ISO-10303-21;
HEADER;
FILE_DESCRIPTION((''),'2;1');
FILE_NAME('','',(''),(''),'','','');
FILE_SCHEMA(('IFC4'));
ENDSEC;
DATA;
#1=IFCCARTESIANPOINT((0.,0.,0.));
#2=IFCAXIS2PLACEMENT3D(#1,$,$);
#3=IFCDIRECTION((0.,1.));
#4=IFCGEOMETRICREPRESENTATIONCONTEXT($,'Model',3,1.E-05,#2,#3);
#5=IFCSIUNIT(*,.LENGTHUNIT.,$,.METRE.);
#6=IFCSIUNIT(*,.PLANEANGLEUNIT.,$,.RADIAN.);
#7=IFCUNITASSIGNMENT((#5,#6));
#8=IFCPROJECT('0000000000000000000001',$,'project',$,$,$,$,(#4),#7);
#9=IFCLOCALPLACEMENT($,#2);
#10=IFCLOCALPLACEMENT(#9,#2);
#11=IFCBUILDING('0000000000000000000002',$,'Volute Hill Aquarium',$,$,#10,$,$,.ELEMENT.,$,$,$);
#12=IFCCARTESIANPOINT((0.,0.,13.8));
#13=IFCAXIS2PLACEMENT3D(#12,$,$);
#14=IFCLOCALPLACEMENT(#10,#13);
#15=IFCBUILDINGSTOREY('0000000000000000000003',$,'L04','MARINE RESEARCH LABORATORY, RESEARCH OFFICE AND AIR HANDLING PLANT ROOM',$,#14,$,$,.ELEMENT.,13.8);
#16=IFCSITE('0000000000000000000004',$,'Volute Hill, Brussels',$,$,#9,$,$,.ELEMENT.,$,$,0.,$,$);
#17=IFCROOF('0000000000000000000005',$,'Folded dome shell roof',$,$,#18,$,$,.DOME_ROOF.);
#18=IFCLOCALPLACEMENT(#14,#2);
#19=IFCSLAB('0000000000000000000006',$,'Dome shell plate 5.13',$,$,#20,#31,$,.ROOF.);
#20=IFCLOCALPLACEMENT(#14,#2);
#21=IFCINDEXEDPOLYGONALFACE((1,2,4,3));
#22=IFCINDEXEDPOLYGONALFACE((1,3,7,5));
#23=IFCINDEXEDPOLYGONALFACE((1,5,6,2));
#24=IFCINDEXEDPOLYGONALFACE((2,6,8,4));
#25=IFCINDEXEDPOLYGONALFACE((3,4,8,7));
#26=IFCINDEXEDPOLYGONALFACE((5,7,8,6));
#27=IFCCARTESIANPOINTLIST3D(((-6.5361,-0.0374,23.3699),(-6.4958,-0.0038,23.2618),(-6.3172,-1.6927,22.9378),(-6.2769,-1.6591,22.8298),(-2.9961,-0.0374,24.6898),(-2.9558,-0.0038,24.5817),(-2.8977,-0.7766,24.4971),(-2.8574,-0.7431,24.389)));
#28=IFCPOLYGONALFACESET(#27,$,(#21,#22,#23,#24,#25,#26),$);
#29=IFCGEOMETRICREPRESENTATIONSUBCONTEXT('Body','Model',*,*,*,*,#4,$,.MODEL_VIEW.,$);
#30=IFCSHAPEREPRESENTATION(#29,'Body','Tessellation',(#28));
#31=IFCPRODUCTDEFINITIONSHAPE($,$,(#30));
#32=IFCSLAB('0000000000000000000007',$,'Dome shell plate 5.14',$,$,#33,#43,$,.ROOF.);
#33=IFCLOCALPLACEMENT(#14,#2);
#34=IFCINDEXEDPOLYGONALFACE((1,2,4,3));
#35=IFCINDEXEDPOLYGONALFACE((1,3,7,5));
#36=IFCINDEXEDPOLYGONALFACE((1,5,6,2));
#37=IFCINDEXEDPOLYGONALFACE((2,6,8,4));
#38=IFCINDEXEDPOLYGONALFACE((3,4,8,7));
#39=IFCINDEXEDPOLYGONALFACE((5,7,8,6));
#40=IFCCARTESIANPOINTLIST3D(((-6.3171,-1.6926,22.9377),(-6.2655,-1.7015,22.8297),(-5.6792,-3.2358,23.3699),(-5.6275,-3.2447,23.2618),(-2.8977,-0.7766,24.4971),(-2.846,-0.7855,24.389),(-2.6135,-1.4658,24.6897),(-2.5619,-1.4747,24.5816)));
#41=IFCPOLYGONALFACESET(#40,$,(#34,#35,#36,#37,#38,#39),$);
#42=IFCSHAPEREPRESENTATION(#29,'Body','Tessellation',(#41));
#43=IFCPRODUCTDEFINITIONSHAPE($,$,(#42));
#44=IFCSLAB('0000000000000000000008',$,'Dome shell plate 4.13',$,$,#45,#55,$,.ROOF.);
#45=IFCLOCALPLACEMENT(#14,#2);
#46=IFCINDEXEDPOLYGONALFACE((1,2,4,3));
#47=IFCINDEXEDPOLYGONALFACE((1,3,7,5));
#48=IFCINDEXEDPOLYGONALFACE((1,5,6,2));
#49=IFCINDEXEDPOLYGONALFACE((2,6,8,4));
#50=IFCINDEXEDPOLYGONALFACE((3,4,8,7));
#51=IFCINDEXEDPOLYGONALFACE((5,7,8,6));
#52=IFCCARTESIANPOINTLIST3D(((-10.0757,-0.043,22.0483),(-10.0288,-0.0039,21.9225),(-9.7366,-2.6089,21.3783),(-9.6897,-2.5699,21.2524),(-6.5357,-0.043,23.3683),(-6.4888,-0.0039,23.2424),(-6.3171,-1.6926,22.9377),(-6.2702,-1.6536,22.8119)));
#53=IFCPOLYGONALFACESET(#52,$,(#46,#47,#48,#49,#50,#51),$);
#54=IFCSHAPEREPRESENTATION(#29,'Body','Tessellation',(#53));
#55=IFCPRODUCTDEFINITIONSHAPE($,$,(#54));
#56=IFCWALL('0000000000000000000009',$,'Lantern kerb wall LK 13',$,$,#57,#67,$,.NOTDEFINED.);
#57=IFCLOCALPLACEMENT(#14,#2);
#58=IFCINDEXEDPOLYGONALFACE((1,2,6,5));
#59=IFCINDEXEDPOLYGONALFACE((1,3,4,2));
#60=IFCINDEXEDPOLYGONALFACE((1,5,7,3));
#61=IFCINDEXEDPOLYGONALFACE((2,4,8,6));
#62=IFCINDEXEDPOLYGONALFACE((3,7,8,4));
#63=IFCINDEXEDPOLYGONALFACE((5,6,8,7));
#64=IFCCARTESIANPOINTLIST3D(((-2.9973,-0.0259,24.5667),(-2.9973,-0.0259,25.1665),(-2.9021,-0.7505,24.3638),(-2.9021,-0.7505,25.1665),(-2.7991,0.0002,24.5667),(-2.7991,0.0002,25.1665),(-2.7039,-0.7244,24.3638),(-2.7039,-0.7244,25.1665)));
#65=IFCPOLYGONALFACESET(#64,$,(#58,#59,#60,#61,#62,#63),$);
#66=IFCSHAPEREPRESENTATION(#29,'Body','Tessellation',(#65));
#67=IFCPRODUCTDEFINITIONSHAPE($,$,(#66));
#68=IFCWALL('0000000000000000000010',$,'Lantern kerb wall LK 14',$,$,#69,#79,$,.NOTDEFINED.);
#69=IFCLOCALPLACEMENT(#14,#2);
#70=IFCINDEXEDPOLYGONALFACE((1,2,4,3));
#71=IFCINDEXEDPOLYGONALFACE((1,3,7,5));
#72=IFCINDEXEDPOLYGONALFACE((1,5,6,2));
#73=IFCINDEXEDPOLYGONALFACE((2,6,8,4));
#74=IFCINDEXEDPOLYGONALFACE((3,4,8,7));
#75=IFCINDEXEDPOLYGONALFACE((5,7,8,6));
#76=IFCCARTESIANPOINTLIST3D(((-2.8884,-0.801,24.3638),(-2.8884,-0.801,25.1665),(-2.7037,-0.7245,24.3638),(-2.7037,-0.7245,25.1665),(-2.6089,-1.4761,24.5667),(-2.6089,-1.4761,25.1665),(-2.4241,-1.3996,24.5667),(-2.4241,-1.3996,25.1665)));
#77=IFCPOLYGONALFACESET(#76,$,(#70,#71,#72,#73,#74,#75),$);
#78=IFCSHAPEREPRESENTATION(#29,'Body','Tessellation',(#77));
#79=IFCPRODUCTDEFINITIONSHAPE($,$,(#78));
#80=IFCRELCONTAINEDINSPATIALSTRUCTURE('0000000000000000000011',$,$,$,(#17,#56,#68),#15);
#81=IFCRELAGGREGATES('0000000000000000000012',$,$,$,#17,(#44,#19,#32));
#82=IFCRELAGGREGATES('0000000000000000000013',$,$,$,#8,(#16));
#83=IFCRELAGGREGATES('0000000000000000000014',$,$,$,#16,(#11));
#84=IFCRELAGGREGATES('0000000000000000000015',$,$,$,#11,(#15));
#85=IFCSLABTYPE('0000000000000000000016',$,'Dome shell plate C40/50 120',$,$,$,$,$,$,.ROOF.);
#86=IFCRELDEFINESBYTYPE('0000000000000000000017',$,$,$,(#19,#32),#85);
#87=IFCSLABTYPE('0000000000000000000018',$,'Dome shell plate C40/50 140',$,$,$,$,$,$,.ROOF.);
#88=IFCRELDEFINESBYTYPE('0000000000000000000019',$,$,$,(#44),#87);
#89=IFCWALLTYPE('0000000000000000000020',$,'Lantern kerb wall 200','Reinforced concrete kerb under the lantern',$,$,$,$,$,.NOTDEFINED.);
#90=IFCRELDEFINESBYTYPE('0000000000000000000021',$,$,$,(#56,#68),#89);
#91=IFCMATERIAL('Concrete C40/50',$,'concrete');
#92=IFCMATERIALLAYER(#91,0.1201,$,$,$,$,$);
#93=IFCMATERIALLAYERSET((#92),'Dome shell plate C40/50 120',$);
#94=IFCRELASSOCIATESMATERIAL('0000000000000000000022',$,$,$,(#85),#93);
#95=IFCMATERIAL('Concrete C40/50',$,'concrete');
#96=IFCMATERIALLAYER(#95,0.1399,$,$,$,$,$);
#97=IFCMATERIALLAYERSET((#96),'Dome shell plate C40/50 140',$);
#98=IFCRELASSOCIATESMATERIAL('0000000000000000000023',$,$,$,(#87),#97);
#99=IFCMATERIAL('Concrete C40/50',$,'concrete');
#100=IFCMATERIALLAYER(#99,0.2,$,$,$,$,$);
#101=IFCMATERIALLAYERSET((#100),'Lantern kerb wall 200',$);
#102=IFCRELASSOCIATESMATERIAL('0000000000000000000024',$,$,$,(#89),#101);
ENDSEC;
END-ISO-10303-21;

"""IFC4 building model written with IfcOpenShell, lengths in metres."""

from ifc_helpers import new_model, si_unit, direction, frame, origin, place, context, subcontext, project, spatial, polyline, outline, extrude, material, layer, layer_set, type_object, element, aggregate, save


model = new_model("IFC4")

# Units and contexts
model_context = context("Model", 3, precision=1e-05, world=origin(), true_north=direction((0.0, 1.0)))
body_context = subcontext(model_context, "Body", "Model", "MODEL_VIEW")
ifc_project = project(units=[si_unit("LENGTHUNIT", "METRE"), si_unit("PLANEANGLEUNIT", "RADIAN")], contexts=[model_context])

# Site, building, storey
site_placement = place(None, origin())
site = spatial("IfcSite", under=ifc_project, at=site_placement, Name="Volute Hill, Brussels", CompositionType="ELEMENT", RefElevation=0.0)
building_placement = place(site_placement, origin())
building = spatial("IfcBuilding", under=site, at=building_placement, Name="Volute Hill Aquarium", CompositionType="ELEMENT")
storey_placement = place(building_placement, frame((0.0, 0.0, 13.8)))
storey = spatial("IfcBuildingStorey", under=building, at=storey_placement, Name="L04", Description="MARINE RESEARCH LABORATORY, RESEARCH OFFICE AND AIR HANDLING PLANT ROOM", CompositionType="ELEMENT", Elevation=13.8)

# Roof, slabs
roof_placement = place(storey_placement, origin())
roof = element("IfcRoof", 1, at=roof_placement, inside=storey, Name="Folded dome shell roof", PredefinedType="DOME_ROOF")
ifc_material_1 = material(Name="Concrete C40/50", Category="concrete")
ifc_layer_1 = layer(ifc_material_1, 0.1201)
ifc_layer_set_1 = layer_set([ifc_layer_1], Name="Dome shell plate C40/50 120")
slab_type_1 = type_object("IfcSlabType", Name="Dome shell plate C40/50 120", PredefinedType="ROOF", material=ifc_layer_set_1)
slab_1_placement = place(storey_placement, frame((-6.5361, -0.0374, 23.3699), z_axis=(-0.335468, -0.279211, 0.899724), x_axis=(0.126957, -0.959755, -0.250504)))
slab_1 = element("IfcSlab", 2, at=slab_1_placement, type_object=slab_type_1, Name="Dome shell plate 5.13", PredefinedType="ROOF", context=body_context, shape_type="SweptSolid", body=[
    extrude(outline(polyline([(0.0, 0.0), (1.7247, 0.0), (0.8891, 3.7769), (0.1188, 3.7762), (0.0, 0.0)])), origin(), (0.0, 0.0, -1.0), 0.1201),
])
slab_2_placement = place(storey_placement, frame((-6.3171, -1.6926, 22.9377), z_axis=(-0.430139, 0.074118, 0.899715), x_axis=(0.369848, -0.894679, 0.250522)))
slab_2 = element("IfcSlab", 3, at=slab_2_placement, type_object=slab_type_1, Name="Dome shell plate 5.14", PredefinedType="ROOF", context=body_context, shape_type="SweptSolid", body=[
    extrude(outline(polyline([(0.0, 0.0), (1.7249, 0.0), (1.6058, 3.7761), (0.8358, 3.7768), (0.0, 0.0)])), origin(), (0.0, 0.0, -1.0), 0.1201),
])
ifc_material_2 = material(Name="Concrete C40/50", Category="concrete")
ifc_layer_2 = layer(ifc_material_2, 0.1399)
ifc_layer_set_2 = layer_set([ifc_layer_2], Name="Dome shell plate C40/50 140")
slab_type_2 = type_object("IfcSlabType", Name="Dome shell plate C40/50 140", PredefinedType="ROOF", material=ifc_layer_set_2)
slab_3_placement = place(storey_placement, frame((-10.0757, -0.043, 22.0483), z_axis=(-0.335474, -0.279266, 0.899704), x_axis=(0.12682, -0.959744, -0.250615)))
slab_3 = element("IfcSlab", 4, at=slab_3_placement, type_object=slab_type_2, Name="Dome shell plate 4.13", PredefinedType="ROOF", context=body_context, shape_type="SweptSolid", body=[
    extrude(outline(polyline([(0.0, 0.0), (2.6736, 0.0), (1.837, 3.7768), (0.1182, 3.7762), (0.0, 0.0)])), origin(), (0.0, 0.0, -1.0), 0.1399),
])
aggregate(roof, [slab_3, slab_1, slab_2])

# Walls
ifc_material_3 = material(Name="Concrete C40/50", Category="concrete")
ifc_layer_3 = layer(ifc_material_3, 0.2)
ifc_layer_set_3 = layer_set([ifc_layer_3], Name="Lantern kerb wall 200")
wall_type = type_object("IfcWallType", Name="Lantern kerb wall 200", Description="Reinforced concrete kerb under the lantern", PredefinedType="NOTDEFINED", material=ifc_layer_set_3)
wall_1_placement = place(storey_placement, frame((-2.9973, -0.0259, 24.5667), z_axis=(-0.991477, -0.130282, 0.0), x_axis=(0.125534, -0.95535, -0.267485)))
element("IfcWall", 5, at=wall_1_placement, inside=storey, type_object=wall_type, Name="Lantern kerb wall LK 13", PredefinedType="NOTDEFINED", context=body_context, shape_type="SweptSolid", body=[
    extrude(outline(polyline([(0.0, 0.0), (0.7585, 0.0), (0.5438, 0.7735), (-0.1605, 0.578), (0.0, 0.0)])), origin(), (0.0, 0.0, -1.0), 0.2),
])
wall_2_placement = place(storey_placement, frame((-2.8884, -0.801, 24.3638), z_axis=(-0.923915, -0.382598, 0.0), x_axis=(0.368649, -0.890232, 0.267553)))
element("IfcWall", 6, at=wall_2_placement, inside=storey, type_object=wall_type, Name="Lantern kerb wall LK 14", PredefinedType="NOTDEFINED", context=body_context, shape_type="SweptSolid", body=[
    extrude(outline(polyline([(0.0, 0.0), (0.7583, 0.0), (0.9188, 0.578), (0.2148, 0.7735), (0.0, 0.0)])), origin(), (0.0, 0.0, -1.0), 0.2),
])

save(model, "model.ifc")
